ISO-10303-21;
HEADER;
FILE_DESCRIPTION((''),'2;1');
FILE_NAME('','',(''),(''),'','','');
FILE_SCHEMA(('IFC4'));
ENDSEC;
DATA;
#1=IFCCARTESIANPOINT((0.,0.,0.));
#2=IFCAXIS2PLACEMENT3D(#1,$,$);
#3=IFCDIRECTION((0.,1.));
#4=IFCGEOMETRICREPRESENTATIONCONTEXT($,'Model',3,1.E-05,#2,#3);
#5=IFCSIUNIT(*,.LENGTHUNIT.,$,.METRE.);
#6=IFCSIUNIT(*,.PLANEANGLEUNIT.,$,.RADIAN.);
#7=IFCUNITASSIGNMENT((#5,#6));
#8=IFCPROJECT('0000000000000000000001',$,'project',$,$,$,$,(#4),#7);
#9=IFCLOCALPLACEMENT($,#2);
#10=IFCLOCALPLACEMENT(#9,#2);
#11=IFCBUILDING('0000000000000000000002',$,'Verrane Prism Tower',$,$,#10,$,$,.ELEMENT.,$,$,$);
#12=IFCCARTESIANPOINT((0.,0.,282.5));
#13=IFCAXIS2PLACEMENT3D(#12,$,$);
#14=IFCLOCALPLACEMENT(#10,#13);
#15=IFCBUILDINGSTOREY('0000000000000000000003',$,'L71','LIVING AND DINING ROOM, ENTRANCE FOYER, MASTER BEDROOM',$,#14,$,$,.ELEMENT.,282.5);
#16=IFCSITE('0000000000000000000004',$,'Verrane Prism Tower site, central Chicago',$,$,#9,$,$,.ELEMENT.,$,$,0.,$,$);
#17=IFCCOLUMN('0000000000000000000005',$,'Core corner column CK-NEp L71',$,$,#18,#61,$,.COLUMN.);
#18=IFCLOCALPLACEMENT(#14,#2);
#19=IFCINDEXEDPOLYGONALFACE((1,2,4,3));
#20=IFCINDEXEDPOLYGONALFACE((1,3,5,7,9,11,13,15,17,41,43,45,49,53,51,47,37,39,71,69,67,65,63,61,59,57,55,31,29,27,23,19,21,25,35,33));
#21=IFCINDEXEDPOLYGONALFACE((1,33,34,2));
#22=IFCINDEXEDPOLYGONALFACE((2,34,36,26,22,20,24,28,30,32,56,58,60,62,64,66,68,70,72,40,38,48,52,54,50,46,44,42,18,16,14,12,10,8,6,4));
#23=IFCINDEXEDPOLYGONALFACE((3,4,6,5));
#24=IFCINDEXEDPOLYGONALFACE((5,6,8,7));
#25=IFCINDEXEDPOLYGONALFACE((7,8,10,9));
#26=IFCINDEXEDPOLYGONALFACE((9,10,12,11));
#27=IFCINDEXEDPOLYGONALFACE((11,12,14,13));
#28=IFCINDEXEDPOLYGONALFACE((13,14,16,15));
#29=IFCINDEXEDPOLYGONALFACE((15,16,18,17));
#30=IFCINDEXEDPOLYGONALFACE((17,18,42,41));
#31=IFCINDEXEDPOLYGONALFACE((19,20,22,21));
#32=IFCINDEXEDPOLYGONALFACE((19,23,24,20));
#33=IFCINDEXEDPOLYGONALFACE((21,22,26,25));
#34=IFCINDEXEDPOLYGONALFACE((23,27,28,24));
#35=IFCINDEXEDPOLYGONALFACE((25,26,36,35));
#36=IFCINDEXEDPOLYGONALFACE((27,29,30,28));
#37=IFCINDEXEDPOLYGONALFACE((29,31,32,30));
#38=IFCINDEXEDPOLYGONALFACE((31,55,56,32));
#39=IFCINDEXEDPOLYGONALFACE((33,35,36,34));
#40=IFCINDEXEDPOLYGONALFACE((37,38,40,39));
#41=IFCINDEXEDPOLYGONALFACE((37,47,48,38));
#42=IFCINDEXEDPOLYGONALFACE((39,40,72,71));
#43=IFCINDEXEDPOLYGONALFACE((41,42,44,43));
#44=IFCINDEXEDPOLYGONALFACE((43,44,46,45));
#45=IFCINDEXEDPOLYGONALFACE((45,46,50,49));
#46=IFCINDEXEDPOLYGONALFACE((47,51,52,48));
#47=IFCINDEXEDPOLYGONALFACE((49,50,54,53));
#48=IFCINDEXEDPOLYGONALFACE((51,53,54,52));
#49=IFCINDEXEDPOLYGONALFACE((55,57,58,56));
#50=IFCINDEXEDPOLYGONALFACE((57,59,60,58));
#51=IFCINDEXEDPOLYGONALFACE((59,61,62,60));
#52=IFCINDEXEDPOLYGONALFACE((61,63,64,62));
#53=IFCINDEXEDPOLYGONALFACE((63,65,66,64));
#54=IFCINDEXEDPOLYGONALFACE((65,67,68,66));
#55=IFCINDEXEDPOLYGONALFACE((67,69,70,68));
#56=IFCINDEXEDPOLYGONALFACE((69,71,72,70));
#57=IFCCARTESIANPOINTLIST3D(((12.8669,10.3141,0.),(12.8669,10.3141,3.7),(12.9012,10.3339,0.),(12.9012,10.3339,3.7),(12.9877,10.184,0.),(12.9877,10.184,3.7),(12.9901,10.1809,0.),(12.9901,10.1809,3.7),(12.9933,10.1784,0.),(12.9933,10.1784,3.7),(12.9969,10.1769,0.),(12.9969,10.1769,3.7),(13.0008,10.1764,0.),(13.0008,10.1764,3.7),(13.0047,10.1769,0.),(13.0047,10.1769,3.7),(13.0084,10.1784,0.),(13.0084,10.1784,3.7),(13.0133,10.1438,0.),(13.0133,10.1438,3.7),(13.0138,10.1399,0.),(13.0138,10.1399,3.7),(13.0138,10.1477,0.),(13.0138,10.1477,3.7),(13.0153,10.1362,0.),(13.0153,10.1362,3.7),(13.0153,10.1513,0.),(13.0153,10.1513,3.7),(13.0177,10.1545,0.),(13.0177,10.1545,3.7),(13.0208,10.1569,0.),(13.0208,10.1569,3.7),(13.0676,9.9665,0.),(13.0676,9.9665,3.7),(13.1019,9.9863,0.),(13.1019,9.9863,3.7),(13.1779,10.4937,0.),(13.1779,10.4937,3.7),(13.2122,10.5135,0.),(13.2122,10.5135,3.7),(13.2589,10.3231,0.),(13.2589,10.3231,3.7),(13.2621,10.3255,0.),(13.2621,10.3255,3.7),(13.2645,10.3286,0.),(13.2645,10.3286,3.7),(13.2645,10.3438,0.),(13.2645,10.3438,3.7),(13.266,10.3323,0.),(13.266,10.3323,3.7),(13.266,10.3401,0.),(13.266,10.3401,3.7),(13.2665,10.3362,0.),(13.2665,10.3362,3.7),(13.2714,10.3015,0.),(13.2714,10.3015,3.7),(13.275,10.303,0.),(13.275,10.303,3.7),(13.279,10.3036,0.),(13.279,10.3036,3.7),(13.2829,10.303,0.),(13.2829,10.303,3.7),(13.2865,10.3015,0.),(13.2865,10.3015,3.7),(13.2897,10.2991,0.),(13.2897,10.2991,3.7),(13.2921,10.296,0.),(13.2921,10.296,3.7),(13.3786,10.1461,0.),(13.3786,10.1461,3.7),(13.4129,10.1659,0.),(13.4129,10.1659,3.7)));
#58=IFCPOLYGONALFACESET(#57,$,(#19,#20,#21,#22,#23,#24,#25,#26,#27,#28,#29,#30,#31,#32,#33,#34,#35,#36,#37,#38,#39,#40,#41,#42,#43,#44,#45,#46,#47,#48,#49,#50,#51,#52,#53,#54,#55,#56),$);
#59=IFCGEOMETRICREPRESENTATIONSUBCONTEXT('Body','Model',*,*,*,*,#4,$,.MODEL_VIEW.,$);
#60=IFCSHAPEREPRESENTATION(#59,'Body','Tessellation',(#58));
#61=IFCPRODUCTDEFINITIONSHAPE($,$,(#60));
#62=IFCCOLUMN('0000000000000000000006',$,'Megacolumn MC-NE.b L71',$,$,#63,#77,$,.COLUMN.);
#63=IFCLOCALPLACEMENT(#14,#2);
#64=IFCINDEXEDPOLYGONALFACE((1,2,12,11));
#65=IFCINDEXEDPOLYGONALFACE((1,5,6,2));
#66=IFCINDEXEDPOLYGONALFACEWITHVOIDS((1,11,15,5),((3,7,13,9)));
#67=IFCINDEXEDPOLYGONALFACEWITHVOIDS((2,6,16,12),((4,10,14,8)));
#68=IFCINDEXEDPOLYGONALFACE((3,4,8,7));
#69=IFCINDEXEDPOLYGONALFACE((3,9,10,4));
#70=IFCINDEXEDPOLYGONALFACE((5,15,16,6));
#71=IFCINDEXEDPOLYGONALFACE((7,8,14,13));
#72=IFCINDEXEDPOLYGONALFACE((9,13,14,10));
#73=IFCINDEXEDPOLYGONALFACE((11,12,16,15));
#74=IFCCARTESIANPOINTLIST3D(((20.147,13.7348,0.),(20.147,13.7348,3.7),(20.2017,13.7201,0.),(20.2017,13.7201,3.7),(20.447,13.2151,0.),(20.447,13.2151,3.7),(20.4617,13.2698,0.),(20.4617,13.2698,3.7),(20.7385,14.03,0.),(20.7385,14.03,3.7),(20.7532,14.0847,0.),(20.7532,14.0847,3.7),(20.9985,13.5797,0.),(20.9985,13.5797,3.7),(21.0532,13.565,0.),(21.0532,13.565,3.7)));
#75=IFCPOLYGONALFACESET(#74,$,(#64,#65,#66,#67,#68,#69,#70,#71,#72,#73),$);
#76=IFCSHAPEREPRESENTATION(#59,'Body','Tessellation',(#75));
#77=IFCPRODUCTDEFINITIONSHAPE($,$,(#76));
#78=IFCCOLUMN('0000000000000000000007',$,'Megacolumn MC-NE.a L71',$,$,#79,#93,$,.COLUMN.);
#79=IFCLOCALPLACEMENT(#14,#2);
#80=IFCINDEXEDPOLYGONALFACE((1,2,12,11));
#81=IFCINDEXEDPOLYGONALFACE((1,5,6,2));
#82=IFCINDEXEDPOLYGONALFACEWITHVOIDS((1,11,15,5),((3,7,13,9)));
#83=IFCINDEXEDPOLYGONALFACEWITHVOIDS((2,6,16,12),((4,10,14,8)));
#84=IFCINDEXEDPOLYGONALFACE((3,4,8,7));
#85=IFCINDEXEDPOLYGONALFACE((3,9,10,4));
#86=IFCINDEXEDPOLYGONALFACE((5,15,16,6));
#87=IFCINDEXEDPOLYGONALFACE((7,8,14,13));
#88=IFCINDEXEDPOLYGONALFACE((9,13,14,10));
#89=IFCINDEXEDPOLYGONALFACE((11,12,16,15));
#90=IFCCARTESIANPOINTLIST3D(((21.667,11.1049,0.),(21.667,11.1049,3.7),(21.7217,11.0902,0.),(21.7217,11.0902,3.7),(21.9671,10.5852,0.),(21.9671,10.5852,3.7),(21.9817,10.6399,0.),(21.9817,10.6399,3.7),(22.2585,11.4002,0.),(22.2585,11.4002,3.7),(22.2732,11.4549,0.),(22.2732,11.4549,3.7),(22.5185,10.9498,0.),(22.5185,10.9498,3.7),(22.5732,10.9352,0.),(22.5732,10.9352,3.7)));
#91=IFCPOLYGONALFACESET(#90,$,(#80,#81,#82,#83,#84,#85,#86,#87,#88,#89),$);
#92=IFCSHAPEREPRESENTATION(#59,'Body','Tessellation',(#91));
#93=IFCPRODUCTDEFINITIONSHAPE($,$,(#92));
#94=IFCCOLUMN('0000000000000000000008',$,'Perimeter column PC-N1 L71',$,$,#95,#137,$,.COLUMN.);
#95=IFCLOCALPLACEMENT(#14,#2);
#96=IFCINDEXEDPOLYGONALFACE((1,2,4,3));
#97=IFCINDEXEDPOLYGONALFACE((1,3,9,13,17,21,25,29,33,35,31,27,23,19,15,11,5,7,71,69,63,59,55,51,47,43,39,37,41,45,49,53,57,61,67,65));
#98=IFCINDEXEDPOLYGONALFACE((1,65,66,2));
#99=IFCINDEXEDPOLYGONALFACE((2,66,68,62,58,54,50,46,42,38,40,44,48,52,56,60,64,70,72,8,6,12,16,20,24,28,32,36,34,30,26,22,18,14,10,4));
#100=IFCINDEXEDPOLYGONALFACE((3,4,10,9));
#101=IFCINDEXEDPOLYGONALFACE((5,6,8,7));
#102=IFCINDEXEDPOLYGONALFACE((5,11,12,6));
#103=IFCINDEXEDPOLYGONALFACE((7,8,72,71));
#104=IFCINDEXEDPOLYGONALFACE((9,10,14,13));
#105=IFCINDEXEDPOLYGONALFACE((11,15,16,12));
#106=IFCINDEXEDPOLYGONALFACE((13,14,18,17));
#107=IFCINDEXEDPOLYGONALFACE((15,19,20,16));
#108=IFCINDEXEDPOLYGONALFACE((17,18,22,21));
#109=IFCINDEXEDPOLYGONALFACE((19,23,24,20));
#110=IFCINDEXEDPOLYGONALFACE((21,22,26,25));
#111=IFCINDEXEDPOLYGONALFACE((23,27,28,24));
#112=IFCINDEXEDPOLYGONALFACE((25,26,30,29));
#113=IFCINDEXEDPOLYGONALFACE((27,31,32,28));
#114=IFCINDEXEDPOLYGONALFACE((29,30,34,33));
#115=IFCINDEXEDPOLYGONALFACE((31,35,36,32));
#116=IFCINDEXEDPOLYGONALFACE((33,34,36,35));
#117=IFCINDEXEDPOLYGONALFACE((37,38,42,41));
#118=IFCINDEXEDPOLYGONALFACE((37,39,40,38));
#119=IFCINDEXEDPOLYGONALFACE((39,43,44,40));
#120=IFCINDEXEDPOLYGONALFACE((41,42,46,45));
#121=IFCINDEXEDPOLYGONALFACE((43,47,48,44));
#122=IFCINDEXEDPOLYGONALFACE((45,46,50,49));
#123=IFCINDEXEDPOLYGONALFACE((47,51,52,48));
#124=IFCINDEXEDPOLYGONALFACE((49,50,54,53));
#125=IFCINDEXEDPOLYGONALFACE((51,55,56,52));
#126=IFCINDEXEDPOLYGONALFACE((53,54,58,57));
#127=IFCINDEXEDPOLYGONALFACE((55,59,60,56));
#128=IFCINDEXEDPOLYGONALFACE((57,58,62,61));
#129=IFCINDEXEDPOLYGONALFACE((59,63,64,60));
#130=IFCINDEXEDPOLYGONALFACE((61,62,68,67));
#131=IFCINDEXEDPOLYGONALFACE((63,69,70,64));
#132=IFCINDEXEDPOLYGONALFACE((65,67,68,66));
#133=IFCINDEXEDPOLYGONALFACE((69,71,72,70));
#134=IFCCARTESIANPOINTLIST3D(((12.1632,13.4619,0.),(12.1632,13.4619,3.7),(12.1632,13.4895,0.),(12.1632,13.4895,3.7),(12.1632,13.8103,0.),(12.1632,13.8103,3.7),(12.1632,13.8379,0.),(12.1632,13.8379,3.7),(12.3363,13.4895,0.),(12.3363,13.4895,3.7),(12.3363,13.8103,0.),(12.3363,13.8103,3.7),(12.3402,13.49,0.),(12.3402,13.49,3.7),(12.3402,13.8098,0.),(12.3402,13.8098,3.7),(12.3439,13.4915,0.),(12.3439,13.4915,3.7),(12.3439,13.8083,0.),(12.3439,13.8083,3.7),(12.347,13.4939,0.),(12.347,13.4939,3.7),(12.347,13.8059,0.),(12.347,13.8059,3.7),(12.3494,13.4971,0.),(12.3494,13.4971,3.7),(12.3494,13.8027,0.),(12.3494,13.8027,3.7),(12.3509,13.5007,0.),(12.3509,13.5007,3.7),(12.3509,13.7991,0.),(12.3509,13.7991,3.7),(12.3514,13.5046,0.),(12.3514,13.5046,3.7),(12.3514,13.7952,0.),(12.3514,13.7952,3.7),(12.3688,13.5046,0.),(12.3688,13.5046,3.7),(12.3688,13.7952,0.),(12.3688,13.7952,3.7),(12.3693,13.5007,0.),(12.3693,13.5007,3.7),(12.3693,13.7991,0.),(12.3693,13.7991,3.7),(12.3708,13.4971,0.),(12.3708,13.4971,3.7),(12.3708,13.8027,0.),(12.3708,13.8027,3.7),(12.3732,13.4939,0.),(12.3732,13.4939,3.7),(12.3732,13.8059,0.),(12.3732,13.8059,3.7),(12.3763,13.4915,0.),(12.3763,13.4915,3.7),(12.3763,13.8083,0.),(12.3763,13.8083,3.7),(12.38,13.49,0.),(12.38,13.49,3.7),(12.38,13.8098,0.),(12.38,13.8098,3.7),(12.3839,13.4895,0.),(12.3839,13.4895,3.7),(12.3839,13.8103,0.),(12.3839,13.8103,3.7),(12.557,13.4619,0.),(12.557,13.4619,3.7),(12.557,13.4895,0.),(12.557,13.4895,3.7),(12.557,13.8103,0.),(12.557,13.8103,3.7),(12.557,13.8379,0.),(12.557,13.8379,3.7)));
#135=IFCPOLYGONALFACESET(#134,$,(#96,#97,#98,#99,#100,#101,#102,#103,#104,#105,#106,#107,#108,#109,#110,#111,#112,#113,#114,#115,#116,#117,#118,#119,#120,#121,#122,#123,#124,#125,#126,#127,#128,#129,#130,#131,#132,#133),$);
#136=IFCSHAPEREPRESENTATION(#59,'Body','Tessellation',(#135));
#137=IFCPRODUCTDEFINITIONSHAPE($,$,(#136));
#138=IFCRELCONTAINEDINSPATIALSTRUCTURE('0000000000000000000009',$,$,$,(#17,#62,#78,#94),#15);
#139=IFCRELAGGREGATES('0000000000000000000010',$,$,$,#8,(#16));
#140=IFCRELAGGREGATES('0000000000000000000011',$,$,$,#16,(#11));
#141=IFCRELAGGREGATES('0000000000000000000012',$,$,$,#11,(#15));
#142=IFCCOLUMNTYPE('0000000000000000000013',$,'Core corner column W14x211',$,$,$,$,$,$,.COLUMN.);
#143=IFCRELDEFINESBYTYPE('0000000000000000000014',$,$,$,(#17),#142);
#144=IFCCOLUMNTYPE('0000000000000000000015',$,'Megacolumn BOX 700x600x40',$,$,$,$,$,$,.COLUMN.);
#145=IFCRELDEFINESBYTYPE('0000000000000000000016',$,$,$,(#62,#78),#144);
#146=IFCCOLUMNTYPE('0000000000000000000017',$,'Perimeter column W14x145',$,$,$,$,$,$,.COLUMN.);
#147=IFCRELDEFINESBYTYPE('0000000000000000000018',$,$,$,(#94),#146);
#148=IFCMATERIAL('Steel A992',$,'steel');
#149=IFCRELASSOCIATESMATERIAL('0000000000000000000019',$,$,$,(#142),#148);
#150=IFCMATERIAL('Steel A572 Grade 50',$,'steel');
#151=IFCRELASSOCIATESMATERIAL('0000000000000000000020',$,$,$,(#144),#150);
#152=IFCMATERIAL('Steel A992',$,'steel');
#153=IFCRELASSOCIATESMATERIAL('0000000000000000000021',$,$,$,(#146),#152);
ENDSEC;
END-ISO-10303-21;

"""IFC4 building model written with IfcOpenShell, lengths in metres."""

from ifc_helpers import new_model, si_unit, direction, frame, origin, origin_2d, place, context, subcontext, project, spatial, hollow_rectangle, i_section, extrude, material, material_profile, profile_set, type_object, element, save


model = new_model("IFC4")

# Units and contexts
model_context = context("Model", 3, precision=1e-05, world=origin(), true_north=direction((0.0, 1.0)))
body_context = subcontext(model_context, "Body", "Model", "MODEL_VIEW")
ifc_project = project(units=[si_unit("LENGTHUNIT", "METRE"), si_unit("PLANEANGLEUNIT", "RADIAN")], contexts=[model_context])

# Site, building, storey
site_placement = place(None, origin())
site = spatial("IfcSite", under=ifc_project, at=site_placement, Name="Verrane Prism Tower site, central Chicago", CompositionType="ELEMENT", RefElevation=0.0)
building_placement = place(site_placement, origin())
building = spatial("IfcBuilding", under=site, at=building_placement, Name="Verrane Prism Tower", CompositionType="ELEMENT")
storey_placement = place(building_placement, frame((0.0, 0.0, 282.5)))
storey = spatial("IfcBuildingStorey", under=building, at=storey_placement, Name="L71", Description="LIVING AND DINING ROOM, ENTRANCE FOYER, MASTER BEDROOM", CompositionType="ELEMENT", Elevation=282.5)

# Columns
ifc_material_1 = material(Name="Steel A992", Category="steel")
ifc_material_profile_1 = material_profile(ifc_material_1, i_section(OverallWidth=0.4014, OverallDepth=0.3987, WebThickness=0.0249, FlangeThickness=0.0396, FilletRadius=0.0151, at=origin_2d()), Name="W14x211")
ifc_profile_set_1 = profile_set([ifc_material_profile_1], Name="Steel A992")
column_type_1 = type_object("IfcColumnType", Name="Core corner column W14x211", PredefinedType="COLUMN", material=ifc_profile_set_1)
column_1_placement = place(storey_placement, frame((13.1399, 10.24, 0.0), z_axis=(0.0, 0.0, 1.0), x_axis=(0.5, -0.866025, 0.0)))
element("IfcColumn", 1, at=column_1_placement, inside=storey, type_object=column_type_1, Name="Core corner column CK-NEp L71", PredefinedType="COLUMN", context=body_context, shape_type="SweptSolid", body=[
    extrude(i_section(OverallWidth=0.4014, OverallDepth=0.3987, WebThickness=0.0249, FlangeThickness=0.0396, FilletRadius=0.0151, at=origin_2d()), origin(), (0.0, 0.0, 1.0), 3.7),
])
ifc_material_2 = material(Name="Steel A572 Grade 50", Category="steel")
ifc_material_profile_2 = material_profile(ifc_material_2, hollow_rectangle(XDim=0.6001, YDim=0.7, WallThickness=0.04, at=origin_2d()), Name="BOX 700x600x40")
ifc_profile_set_2 = profile_set([ifc_material_profile_2], Name="Steel A572 Grade 50")
column_type_2 = type_object("IfcColumnType", Name="Megacolumn BOX 700x600x40", PredefinedType="COLUMN", material=ifc_profile_set_2)
for number, where, z_axis, x_axis, name in (
    (2, (20.6001, 13.6499, 0.0), (0.0, 0.0, 1.0), (0.5, -0.866025, 0.0), "Megacolumn MC-NE.b L71"),
    (3, (22.1201, 11.02, 0.0), (0.0, 0.0, 1.0), (0.5, -0.866025, 0.0), "Megacolumn MC-NE.a L71"),
):
    element("IfcColumn", number, at=place(storey_placement, frame(where, z_axis=z_axis, x_axis=x_axis)), inside=storey, type_object=column_type_2, Name=name, PredefinedType="COLUMN", context=body_context, shape_type="SweptSolid", body=[
        extrude(hollow_rectangle(XDim=0.6001, YDim=0.7, WallThickness=0.04, at=origin_2d()), origin(), (0.0, 0.0, 1.0), 3.7),
    ])
ifc_material_3 = material(Name="Steel A992", Category="steel")
ifc_material_profile_3 = material_profile(ifc_material_3, i_section(OverallWidth=0.3938, OverallDepth=0.376, WebThickness=0.0173, FlangeThickness=0.0276, FilletRadius=0.0151, at=origin_2d()), Name="W14x145")
ifc_profile_set_3 = profile_set([ifc_material_profile_3], Name="Steel A992")
column_type_3 = type_object("IfcColumnType", Name="Perimeter column W14x145", PredefinedType="COLUMN", material=ifc_profile_set_3)
column_2_placement = place(storey_placement, frame((12.3601, 13.6499, 0.0), z_axis=(0.0, 0.0, 1.0), x_axis=(1.0, 0.0, 0.0)))
element("IfcColumn", 4, at=column_2_placement, inside=storey, type_object=column_type_3, Name="Perimeter column PC-N1 L71", PredefinedType="COLUMN", context=body_context, shape_type="SweptSolid", body=[
    extrude(i_section(OverallWidth=0.3938, OverallDepth=0.376, WebThickness=0.0173, FlangeThickness=0.0276, FilletRadius=0.0151, at=origin_2d()), origin(), (0.0, 0.0, 1.0), 3.7),
])

save(model, "model.ifc")
